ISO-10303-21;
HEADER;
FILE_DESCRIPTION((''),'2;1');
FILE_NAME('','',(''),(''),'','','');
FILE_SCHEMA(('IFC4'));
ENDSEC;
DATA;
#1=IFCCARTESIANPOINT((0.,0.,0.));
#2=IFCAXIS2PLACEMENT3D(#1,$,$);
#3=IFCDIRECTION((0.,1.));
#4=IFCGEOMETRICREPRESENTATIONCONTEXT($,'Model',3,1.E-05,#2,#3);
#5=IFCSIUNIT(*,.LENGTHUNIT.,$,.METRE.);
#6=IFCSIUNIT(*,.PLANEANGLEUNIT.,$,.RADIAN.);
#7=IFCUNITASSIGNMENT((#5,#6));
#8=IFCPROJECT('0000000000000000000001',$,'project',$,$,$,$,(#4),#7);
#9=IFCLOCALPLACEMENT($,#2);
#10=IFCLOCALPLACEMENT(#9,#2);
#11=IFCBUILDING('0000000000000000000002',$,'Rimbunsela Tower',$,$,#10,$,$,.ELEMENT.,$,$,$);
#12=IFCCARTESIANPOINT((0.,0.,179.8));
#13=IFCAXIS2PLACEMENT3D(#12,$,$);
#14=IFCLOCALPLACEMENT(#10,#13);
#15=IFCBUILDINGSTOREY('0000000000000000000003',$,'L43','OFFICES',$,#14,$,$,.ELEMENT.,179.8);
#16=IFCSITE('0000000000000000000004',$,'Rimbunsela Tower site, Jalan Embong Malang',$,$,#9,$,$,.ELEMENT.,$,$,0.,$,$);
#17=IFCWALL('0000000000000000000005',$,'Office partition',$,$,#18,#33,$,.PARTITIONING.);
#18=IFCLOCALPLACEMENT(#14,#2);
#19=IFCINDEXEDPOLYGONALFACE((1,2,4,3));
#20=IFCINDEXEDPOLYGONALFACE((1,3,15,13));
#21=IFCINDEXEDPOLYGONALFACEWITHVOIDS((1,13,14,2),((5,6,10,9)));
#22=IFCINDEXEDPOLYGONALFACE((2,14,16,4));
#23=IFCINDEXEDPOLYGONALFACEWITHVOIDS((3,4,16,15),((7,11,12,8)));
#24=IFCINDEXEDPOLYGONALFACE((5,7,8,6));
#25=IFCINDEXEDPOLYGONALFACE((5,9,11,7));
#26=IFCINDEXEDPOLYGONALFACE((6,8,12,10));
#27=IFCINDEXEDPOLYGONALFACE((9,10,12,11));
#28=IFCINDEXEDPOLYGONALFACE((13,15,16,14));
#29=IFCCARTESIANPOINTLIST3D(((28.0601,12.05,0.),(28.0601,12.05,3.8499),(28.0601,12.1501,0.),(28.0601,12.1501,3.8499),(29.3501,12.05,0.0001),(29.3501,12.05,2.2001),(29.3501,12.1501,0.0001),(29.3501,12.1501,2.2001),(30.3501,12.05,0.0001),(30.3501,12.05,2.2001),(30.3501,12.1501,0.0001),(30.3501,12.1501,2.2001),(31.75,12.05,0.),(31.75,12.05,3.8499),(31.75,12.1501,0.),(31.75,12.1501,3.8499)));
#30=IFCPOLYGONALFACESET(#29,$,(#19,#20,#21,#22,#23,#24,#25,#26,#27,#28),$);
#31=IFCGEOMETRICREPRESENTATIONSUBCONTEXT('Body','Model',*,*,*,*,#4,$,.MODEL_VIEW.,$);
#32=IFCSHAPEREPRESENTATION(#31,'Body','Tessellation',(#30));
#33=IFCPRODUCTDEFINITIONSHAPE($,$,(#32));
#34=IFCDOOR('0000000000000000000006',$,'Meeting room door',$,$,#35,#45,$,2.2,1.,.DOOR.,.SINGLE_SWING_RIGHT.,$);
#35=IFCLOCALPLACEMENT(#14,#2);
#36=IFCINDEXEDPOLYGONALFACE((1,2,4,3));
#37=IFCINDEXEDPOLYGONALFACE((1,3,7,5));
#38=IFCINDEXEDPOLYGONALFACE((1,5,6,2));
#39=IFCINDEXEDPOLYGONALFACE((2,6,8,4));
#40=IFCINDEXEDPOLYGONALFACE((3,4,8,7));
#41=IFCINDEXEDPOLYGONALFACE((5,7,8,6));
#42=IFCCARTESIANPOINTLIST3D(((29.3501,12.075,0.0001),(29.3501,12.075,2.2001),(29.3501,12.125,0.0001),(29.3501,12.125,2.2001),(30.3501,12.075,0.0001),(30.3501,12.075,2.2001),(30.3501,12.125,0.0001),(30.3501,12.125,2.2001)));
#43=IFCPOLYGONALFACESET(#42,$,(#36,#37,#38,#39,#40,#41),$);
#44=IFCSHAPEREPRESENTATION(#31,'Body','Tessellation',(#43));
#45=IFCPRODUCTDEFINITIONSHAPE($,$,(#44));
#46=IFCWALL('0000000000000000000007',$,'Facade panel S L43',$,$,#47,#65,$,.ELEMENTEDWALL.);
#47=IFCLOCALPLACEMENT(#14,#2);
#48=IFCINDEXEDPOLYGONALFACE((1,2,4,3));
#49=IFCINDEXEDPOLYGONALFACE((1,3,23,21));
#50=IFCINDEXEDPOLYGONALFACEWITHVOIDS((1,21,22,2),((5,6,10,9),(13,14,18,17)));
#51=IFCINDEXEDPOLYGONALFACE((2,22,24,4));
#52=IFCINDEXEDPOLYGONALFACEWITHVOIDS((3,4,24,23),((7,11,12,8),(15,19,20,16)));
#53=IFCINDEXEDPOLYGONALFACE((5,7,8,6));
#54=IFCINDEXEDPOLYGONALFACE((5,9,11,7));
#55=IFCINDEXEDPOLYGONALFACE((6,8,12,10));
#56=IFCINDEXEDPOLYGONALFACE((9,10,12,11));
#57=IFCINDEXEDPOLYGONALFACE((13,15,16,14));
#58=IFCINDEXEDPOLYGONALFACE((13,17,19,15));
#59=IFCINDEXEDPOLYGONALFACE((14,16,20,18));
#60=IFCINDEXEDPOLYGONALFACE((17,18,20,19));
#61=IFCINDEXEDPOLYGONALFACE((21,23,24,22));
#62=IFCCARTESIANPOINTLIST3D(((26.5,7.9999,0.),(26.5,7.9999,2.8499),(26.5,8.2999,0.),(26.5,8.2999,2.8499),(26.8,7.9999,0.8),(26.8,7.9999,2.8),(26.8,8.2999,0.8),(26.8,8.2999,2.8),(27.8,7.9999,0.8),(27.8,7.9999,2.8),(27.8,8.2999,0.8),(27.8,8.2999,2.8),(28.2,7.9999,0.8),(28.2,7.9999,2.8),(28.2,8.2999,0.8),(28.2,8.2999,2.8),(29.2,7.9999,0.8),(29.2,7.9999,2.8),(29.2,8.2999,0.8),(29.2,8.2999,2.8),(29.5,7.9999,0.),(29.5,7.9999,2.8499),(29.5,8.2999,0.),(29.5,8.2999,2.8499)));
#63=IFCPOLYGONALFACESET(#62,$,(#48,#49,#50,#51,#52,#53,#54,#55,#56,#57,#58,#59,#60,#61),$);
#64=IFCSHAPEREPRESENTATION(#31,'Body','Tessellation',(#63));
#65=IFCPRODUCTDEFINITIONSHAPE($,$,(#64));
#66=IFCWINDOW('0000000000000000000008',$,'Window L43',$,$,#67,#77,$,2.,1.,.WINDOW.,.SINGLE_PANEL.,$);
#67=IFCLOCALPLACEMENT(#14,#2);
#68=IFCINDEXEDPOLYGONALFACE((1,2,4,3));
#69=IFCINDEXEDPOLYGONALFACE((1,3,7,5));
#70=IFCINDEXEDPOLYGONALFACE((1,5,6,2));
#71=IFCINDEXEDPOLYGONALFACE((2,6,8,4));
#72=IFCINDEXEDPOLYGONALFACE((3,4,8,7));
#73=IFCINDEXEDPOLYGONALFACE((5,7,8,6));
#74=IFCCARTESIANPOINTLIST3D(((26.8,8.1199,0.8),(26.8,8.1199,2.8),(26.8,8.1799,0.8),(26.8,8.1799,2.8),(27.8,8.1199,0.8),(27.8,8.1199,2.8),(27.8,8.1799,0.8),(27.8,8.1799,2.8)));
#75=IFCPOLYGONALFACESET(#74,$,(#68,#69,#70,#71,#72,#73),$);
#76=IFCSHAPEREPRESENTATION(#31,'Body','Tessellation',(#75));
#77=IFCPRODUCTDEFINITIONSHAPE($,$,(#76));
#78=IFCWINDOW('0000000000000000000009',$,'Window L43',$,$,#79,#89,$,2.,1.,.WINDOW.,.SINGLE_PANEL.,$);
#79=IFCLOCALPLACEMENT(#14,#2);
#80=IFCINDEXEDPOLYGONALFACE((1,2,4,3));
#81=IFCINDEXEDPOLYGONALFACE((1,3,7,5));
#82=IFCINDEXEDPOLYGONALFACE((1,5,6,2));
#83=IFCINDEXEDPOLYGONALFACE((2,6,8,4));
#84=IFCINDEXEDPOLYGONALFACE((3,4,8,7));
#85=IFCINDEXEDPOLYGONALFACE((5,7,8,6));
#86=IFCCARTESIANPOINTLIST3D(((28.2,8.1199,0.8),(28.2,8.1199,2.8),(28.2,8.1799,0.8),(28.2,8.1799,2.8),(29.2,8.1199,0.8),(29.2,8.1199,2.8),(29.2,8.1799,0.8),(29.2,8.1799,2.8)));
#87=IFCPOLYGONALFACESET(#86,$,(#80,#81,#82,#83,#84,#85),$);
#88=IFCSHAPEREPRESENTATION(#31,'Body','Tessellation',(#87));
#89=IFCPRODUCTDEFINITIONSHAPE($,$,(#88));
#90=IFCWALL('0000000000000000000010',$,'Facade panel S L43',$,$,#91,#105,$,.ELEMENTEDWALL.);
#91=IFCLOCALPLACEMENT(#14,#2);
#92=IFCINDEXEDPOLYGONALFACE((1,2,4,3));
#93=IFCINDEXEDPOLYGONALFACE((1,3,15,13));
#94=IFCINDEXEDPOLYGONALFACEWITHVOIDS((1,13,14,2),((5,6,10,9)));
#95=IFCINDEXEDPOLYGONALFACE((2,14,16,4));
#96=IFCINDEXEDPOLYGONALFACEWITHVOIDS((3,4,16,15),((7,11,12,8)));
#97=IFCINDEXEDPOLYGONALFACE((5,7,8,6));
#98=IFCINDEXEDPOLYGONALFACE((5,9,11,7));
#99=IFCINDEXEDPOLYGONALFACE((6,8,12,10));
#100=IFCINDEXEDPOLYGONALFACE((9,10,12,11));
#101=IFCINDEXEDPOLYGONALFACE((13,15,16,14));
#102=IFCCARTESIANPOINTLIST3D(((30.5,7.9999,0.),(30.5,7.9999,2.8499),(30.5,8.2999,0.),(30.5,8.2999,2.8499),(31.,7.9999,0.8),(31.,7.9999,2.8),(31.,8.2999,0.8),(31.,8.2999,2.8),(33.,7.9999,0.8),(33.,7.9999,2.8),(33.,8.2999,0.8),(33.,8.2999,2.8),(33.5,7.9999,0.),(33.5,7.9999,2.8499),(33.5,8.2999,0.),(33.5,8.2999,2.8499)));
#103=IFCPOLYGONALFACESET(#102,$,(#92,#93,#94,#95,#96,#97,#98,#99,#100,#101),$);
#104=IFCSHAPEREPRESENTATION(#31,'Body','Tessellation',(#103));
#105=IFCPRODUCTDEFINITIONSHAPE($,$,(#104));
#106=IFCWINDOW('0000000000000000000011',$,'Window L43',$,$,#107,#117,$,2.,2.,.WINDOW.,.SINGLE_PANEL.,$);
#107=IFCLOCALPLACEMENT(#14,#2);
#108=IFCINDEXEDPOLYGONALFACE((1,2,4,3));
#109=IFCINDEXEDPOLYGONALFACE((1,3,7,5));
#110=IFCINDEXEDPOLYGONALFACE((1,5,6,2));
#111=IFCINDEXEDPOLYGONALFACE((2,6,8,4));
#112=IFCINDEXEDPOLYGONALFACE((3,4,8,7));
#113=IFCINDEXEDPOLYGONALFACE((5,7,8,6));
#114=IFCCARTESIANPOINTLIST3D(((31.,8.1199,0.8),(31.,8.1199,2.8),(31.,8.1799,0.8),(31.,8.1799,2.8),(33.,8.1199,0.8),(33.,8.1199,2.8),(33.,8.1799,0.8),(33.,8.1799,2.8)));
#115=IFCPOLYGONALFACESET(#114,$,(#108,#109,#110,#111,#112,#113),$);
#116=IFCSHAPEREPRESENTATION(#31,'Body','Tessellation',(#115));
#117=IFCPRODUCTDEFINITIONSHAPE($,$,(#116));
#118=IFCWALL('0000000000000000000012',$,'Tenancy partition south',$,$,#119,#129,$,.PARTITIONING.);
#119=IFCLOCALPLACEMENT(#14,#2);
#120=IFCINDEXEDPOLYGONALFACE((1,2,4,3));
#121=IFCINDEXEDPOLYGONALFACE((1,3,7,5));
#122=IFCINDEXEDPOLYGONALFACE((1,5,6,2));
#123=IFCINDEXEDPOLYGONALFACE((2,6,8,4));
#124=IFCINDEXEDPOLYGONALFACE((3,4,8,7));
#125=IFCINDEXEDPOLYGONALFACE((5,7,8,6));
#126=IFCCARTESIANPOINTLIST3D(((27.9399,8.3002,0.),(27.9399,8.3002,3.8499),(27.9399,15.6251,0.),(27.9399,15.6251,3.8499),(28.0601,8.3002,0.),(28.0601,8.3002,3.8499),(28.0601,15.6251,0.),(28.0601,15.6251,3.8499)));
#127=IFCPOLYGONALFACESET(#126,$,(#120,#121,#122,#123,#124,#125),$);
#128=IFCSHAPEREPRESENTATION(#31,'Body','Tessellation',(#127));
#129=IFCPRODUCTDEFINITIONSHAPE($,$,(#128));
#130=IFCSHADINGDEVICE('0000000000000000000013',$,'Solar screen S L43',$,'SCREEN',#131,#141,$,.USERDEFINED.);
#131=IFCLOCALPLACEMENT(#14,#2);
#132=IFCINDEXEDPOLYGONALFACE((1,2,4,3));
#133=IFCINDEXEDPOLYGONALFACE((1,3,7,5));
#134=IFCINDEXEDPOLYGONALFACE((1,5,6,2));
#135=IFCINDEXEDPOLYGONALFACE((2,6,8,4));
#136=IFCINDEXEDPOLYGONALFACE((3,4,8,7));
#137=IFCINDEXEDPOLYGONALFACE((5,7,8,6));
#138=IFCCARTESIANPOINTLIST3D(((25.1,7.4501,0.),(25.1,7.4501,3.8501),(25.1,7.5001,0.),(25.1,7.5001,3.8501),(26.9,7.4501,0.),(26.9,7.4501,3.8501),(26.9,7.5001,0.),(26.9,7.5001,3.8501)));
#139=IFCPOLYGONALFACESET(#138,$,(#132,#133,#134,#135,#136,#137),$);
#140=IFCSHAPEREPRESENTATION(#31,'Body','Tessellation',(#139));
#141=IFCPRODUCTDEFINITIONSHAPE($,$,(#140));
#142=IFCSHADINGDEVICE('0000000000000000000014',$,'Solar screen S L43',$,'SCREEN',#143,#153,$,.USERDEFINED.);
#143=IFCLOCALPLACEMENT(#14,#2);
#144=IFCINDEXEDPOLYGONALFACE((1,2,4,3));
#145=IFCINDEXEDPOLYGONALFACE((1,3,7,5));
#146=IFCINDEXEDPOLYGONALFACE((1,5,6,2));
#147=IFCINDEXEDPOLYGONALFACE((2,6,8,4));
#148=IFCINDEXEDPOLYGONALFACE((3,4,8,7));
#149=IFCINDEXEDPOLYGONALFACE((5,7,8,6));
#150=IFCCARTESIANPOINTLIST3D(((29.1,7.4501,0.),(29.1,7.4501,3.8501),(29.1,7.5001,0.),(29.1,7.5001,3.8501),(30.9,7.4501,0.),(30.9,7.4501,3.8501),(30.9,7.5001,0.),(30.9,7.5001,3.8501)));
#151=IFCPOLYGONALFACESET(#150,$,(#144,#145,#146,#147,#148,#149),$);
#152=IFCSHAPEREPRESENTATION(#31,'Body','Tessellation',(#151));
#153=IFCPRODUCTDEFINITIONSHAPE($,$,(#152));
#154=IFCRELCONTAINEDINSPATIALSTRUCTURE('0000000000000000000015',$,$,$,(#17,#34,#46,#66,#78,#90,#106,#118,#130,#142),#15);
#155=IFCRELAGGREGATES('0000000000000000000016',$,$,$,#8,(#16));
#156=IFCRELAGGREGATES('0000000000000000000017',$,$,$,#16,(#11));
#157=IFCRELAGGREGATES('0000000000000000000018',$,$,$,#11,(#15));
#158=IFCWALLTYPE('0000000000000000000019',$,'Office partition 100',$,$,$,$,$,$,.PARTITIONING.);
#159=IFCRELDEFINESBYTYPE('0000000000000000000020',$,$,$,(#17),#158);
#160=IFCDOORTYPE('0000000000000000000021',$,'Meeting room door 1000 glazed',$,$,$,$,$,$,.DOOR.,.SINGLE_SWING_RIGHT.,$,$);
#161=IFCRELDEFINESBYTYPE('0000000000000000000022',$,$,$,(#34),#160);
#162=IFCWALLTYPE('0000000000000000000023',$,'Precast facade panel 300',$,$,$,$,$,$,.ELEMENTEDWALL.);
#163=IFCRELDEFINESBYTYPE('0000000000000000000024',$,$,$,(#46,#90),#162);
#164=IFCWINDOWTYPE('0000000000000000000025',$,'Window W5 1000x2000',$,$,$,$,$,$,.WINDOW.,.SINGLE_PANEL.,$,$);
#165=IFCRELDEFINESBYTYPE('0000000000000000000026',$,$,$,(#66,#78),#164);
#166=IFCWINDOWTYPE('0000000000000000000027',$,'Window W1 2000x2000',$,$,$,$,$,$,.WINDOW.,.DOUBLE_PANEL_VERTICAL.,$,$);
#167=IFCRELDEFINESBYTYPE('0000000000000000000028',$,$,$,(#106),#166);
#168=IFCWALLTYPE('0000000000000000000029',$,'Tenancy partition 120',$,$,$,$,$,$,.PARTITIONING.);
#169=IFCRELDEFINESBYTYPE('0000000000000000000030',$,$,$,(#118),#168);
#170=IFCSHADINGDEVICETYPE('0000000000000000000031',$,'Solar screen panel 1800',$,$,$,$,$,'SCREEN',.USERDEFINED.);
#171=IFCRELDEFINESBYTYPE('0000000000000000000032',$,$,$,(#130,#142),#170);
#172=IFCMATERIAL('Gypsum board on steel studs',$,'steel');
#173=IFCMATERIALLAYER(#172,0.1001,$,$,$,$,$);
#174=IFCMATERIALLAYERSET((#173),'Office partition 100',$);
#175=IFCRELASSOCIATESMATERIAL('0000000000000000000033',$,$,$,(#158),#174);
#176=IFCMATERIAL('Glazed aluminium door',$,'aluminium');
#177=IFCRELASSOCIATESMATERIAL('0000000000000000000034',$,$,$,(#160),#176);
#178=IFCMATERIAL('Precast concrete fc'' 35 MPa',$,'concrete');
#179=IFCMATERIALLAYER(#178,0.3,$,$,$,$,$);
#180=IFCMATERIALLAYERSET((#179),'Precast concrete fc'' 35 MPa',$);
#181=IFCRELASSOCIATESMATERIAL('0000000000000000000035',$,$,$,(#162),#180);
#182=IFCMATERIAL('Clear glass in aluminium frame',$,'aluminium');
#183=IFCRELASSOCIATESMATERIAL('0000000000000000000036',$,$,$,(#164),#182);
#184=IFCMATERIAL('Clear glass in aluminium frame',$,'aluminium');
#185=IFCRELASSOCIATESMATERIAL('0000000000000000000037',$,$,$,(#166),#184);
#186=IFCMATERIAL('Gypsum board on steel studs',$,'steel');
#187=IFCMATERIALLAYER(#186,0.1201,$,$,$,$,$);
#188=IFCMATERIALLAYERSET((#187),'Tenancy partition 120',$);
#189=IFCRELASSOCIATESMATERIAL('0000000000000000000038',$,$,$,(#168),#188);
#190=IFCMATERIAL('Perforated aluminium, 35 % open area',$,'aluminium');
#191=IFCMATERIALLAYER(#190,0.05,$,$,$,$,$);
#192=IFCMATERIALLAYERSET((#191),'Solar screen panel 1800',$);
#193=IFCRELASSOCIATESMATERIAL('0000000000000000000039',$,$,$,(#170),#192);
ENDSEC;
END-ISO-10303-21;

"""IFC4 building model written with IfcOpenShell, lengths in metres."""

from ifc_helpers import new_model, si_unit, direction, frame, frame_2d, origin, origin_2d, place, context, subcontext, project, spatial, rectangle, extrude, material, layer, layer_set, type_object, element, fill, save


model = new_model("IFC4")

# Units and contexts
model_context = context("Model", 3, precision=1e-05, world=origin(), true_north=direction((0.0, 1.0)))
body_context = subcontext(model_context, "Body", "Model", "MODEL_VIEW")
ifc_project = project(units=[si_unit("LENGTHUNIT", "METRE"), si_unit("PLANEANGLEUNIT", "RADIAN")], contexts=[model_context])

# Site, building, storey
site_placement = place(None, origin())
site = spatial("IfcSite", under=ifc_project, at=site_placement, Name="Rimbunsela Tower site, Jalan Embong Malang", CompositionType="ELEMENT", RefElevation=0.0)
building_placement = place(site_placement, origin())
building = spatial("IfcBuilding", under=site, at=building_placement, Name="Rimbunsela Tower", CompositionType="ELEMENT")
storey_placement = place(building_placement, frame((0.0, 0.0, 179.8)))
storey = spatial("IfcBuildingStorey", under=building, at=storey_placement, Name="L43", Description="OFFICES", CompositionType="ELEMENT", Elevation=179.8)

# Wall, opening, door
ifc_material_1 = material(Name="Gypsum board on steel studs", Category="steel")
ifc_layer_1 = layer(ifc_material_1, 0.1001)
ifc_layer_set_1 = layer_set([ifc_layer_1], Name="Office partition 100")
wall_type_1 = type_object("IfcWallType", Name="Office partition 100", PredefinedType="PARTITIONING", material=ifc_layer_set_1)
wall_1_placement = place(storey_placement, frame((28.0601, 12.1001, 0.0), z_axis=(0.0, 0.0, 1.0), x_axis=(1.0, 0.0, 0.0)))
wall_1 = element("IfcWall", 1, at=wall_1_placement, inside=storey, type_object=wall_type_1, Name="Office partition", PredefinedType="PARTITIONING", context=body_context, shape_type="SweptSolid", body=[
    extrude(rectangle(XDim=3.6899, YDim=0.1001, at=frame_2d((1.845, 0.0))), origin(), (0.0, 0.0, 1.0), 3.8499),
])
opening_1_placement = place(wall_1_placement, frame((1.29, 0.0, 0.0)))
opening_1 = element("IfcOpeningElement", 2, at=opening_1_placement, cuts=wall_1, PredefinedType="OPENING", context=body_context, shape_type="SweptSolid", body=[
    extrude(rectangle(XDim=1.0, YDim=2.2, at=frame_2d((0.5, 1.1001))), frame((0.0, 0.0601, 0.0), z_axis=(0.0, -1.0, 0.0), x_axis=(1.0, 0.0, 0.0)), (0.0, 0.0, 1.0), 0.1201),
])
ifc_material_2 = material(Name="Glazed aluminium door", Category="aluminium")
door_type = type_object("IfcDoorType", Name="Meeting room door 1000 glazed", OperationType="SINGLE_SWING_RIGHT", PredefinedType="DOOR", material=ifc_material_2)
door_placement = place(opening_1_placement, origin())
door = element("IfcDoor", 3, at=door_placement, inside=storey, type_object=door_type, Name="Meeting room door", OperationType="SINGLE_SWING_RIGHT", OverallHeight=2.2, OverallWidth=1.0, PredefinedType="DOOR", context=body_context, shape_type="SweptSolid", body=[
    extrude(rectangle(XDim=1.0, YDim=2.2, at=frame_2d((0.5, 1.1001))), frame((0.0, 0.0249, 0.0), z_axis=(0.0, -1.0, 0.0), x_axis=(1.0, 0.0, 0.0)), (0.0, 0.0, 1.0), 0.05),
])
fill(opening_1, door)

# Wall, openings, windows
ifc_material_3 = material(Name="Precast concrete fc' 35 MPa", Category="concrete")
ifc_layer_2 = layer(ifc_material_3, 0.3)
ifc_layer_set_2 = layer_set([ifc_layer_2], Name="Precast concrete fc' 35 MPa")
wall_type_2 = type_object("IfcWallType", Name="Precast facade panel 300", PredefinedType="ELEMENTEDWALL", material=ifc_layer_set_2)
wall_2_placement = place(storey_placement, frame((26.5, 8.1499, 0.0), z_axis=(0.0, 0.0, 1.0), x_axis=(1.0, 0.0, 0.0)))
wall_2 = element("IfcWall", 4, at=wall_2_placement, inside=storey, type_object=wall_type_2, Name="Facade panel S L43", PredefinedType="ELEMENTEDWALL", context=body_context, shape_type="SweptSolid", body=[
    extrude(rectangle(XDim=3.0, YDim=0.3, at=frame_2d((1.5, 0.0))), origin(), (0.0, 0.0, 1.0), 2.8499),
])
opening_2_placement = place(wall_2_placement, frame((0.3, 0.0, 0.8)))
opening_2 = element("IfcOpeningElement", 5, at=opening_2_placement, cuts=wall_2, PredefinedType="OPENING", context=body_context, shape_type="SweptSolid", body=[
    extrude(rectangle(XDim=1.0, YDim=2.0, at=frame_2d((0.5, 1.0))), frame((0.0, 0.1599, 0.0), z_axis=(0.0, -1.0, 0.0), x_axis=(1.0, 0.0, 0.0)), (0.0, 0.0, 1.0), 0.3201),
])
opening_3_placement = place(wall_2_placement, frame((1.7, 0.0, 0.8)))
opening_3 = element("IfcOpeningElement", 6, at=opening_3_placement, cuts=wall_2, PredefinedType="OPENING", context=body_context, shape_type="SweptSolid", body=[
    extrude(rectangle(XDim=1.0, YDim=2.0, at=frame_2d((0.5, 1.0))), frame((0.0, 0.1599, 0.0), z_axis=(0.0, -1.0, 0.0), x_axis=(1.0, 0.0, 0.0)), (0.0, 0.0, 1.0), 0.3201),
])
ifc_material_4 = material(Name="Clear glass in aluminium frame", Category="aluminium")
window_type_1 = type_object("IfcWindowType", Name="Window W5 1000x2000", PartitioningType="SINGLE_PANEL", PredefinedType="WINDOW", material=ifc_material_4)
window_1_placement = place(opening_2_placement, origin())
window_1 = element("IfcWindow", 7, at=window_1_placement, inside=storey, type_object=window_type_1, Name="Window L43", OverallHeight=2.0, OverallWidth=1.0, PartitioningType="SINGLE_PANEL", PredefinedType="WINDOW", context=body_context, shape_type="SweptSolid", body=[
    extrude(rectangle(XDim=1.0, YDim=2.0, at=frame_2d((0.5, 1.0))), frame((0.0, 0.03, 0.0), z_axis=(0.0, -1.0, 0.0), x_axis=(1.0, 0.0, 0.0)), (0.0, 0.0, 1.0), 0.0601),
])
fill(opening_2, window_1)
window_2_placement = place(opening_3_placement, origin())
window_2 = element("IfcWindow", 8, at=window_2_placement, inside=storey, type_object=window_type_1, Name="Window L43", OverallHeight=2.0, OverallWidth=1.0, PartitioningType="SINGLE_PANEL", PredefinedType="WINDOW", context=body_context, shape_type="SweptSolid", body=[
    extrude(rectangle(XDim=1.0, YDim=2.0, at=frame_2d((0.5, 1.0))), frame((0.0, 0.03, 0.0), z_axis=(0.0, -1.0, 0.0), x_axis=(1.0, 0.0, 0.0)), (0.0, 0.0, 1.0), 0.0601),
])
fill(opening_3, window_2)

# Wall, opening, window
wall_3_placement = place(storey_placement, frame((30.5, 8.1499, 0.0), z_axis=(0.0, 0.0, 1.0), x_axis=(1.0, 0.0, 0.0)))
wall_3 = element("IfcWall", 9, at=wall_3_placement, inside=storey, type_object=wall_type_2, Name="Facade panel S L43", PredefinedType="ELEMENTEDWALL", context=body_context, shape_type="SweptSolid", body=[
    extrude(rectangle(XDim=3.0, YDim=0.3, at=frame_2d((1.5, 0.0))), origin(), (0.0, 0.0, 1.0), 2.8499),
])
opening_4_placement = place(wall_3_placement, frame((0.5, 0.0, 0.8)))
opening_4 = element("IfcOpeningElement", 10, at=opening_4_placement, cuts=wall_3, PredefinedType="OPENING", context=body_context, shape_type="SweptSolid", body=[
    extrude(rectangle(XDim=2.0, YDim=2.0, at=frame_2d((1.0, 1.0))), frame((0.0, 0.1599, 0.0), z_axis=(0.0, -1.0, 0.0), x_axis=(1.0, 0.0, 0.0)), (0.0, 0.0, 1.0), 0.3201),
])
ifc_material_5 = material(Name="Clear glass in aluminium frame", Category="aluminium")
window_type_2 = type_object("IfcWindowType", Name="Window W1 2000x2000", PartitioningType="DOUBLE_PANEL_VERTICAL", PredefinedType="WINDOW", material=ifc_material_5)
window_3_placement = place(opening_4_placement, origin())
window_3 = element("IfcWindow", 11, at=window_3_placement, inside=storey, type_object=window_type_2, Name="Window L43", OverallHeight=2.0, OverallWidth=2.0, PartitioningType="SINGLE_PANEL", PredefinedType="WINDOW", context=body_context, shape_type="SweptSolid", body=[
    extrude(rectangle(XDim=2.0, YDim=2.0, at=frame_2d((1.0, 1.0))), frame((0.0, 0.03, 0.0), z_axis=(0.0, -1.0, 0.0), x_axis=(1.0, 0.0, 0.0)), (0.0, 0.0, 1.0), 0.0601),
])
fill(opening_4, window_3)

# Wall
ifc_material_6 = material(Name="Gypsum board on steel studs", Category="steel")
ifc_layer_3 = layer(ifc_material_6, 0.1201)
ifc_layer_set_3 = layer_set([ifc_layer_3], Name="Tenancy partition 120")
wall_type_3 = type_object("IfcWallType", Name="Tenancy partition 120", PredefinedType="PARTITIONING", material=ifc_layer_set_3)
wall_4_placement = place(storey_placement, frame((28.0, 8.3, 0.0), z_axis=(0.0, 0.0, 1.0), x_axis=(0.0, 1.0, 0.0)))
element("IfcWall", 12, at=wall_4_placement, inside=storey, type_object=wall_type_3, Name="Tenancy partition south", PredefinedType="PARTITIONING", context=body_context, shape_type="SweptSolid", body=[
    extrude(rectangle(XDim=7.325, YDim=0.1201, at=frame_2d((3.6626, 0.0))), origin(), (0.0, 0.0, 1.0), 3.8499),
])

# Shading devices
ifc_material_7 = material(Name="Perforated aluminium, 35 % open area", Category="aluminium")
ifc_layer_4 = layer(ifc_material_7, 0.05)
ifc_layer_set_4 = layer_set([ifc_layer_4], Name="Solar screen panel 1800")
shading_device_type = type_object("IfcShadingDeviceType", Name="Solar screen panel 1800", ElementType="SCREEN", PredefinedType="USERDEFINED", material=ifc_layer_set_4)
for number, where, z_axis, x_axis, name in (
    (13, (26.0, 7.4751, 0.0), (0.0, 0.0, 1.0), (1.0, 0.0, 0.0), "Solar screen S L43"),
    (14, (30.0, 7.4751, 0.0), (0.0, 0.0, 1.0), (1.0, 0.0, 0.0), "Solar screen S L43"),
):
    element("IfcShadingDevice", number, at=place(storey_placement, frame(where, z_axis=z_axis, x_axis=x_axis)), inside=storey, type_object=shading_device_type, Name=name, ObjectType="SCREEN", PredefinedType="USERDEFINED", context=body_context, shape_type="SweptSolid", body=[
        extrude(rectangle(XDim=1.8, YDim=0.05, at=origin_2d()), origin(), (0.0, 0.0, 1.0), 3.8501),
    ])

save(model, "model.ifc")
